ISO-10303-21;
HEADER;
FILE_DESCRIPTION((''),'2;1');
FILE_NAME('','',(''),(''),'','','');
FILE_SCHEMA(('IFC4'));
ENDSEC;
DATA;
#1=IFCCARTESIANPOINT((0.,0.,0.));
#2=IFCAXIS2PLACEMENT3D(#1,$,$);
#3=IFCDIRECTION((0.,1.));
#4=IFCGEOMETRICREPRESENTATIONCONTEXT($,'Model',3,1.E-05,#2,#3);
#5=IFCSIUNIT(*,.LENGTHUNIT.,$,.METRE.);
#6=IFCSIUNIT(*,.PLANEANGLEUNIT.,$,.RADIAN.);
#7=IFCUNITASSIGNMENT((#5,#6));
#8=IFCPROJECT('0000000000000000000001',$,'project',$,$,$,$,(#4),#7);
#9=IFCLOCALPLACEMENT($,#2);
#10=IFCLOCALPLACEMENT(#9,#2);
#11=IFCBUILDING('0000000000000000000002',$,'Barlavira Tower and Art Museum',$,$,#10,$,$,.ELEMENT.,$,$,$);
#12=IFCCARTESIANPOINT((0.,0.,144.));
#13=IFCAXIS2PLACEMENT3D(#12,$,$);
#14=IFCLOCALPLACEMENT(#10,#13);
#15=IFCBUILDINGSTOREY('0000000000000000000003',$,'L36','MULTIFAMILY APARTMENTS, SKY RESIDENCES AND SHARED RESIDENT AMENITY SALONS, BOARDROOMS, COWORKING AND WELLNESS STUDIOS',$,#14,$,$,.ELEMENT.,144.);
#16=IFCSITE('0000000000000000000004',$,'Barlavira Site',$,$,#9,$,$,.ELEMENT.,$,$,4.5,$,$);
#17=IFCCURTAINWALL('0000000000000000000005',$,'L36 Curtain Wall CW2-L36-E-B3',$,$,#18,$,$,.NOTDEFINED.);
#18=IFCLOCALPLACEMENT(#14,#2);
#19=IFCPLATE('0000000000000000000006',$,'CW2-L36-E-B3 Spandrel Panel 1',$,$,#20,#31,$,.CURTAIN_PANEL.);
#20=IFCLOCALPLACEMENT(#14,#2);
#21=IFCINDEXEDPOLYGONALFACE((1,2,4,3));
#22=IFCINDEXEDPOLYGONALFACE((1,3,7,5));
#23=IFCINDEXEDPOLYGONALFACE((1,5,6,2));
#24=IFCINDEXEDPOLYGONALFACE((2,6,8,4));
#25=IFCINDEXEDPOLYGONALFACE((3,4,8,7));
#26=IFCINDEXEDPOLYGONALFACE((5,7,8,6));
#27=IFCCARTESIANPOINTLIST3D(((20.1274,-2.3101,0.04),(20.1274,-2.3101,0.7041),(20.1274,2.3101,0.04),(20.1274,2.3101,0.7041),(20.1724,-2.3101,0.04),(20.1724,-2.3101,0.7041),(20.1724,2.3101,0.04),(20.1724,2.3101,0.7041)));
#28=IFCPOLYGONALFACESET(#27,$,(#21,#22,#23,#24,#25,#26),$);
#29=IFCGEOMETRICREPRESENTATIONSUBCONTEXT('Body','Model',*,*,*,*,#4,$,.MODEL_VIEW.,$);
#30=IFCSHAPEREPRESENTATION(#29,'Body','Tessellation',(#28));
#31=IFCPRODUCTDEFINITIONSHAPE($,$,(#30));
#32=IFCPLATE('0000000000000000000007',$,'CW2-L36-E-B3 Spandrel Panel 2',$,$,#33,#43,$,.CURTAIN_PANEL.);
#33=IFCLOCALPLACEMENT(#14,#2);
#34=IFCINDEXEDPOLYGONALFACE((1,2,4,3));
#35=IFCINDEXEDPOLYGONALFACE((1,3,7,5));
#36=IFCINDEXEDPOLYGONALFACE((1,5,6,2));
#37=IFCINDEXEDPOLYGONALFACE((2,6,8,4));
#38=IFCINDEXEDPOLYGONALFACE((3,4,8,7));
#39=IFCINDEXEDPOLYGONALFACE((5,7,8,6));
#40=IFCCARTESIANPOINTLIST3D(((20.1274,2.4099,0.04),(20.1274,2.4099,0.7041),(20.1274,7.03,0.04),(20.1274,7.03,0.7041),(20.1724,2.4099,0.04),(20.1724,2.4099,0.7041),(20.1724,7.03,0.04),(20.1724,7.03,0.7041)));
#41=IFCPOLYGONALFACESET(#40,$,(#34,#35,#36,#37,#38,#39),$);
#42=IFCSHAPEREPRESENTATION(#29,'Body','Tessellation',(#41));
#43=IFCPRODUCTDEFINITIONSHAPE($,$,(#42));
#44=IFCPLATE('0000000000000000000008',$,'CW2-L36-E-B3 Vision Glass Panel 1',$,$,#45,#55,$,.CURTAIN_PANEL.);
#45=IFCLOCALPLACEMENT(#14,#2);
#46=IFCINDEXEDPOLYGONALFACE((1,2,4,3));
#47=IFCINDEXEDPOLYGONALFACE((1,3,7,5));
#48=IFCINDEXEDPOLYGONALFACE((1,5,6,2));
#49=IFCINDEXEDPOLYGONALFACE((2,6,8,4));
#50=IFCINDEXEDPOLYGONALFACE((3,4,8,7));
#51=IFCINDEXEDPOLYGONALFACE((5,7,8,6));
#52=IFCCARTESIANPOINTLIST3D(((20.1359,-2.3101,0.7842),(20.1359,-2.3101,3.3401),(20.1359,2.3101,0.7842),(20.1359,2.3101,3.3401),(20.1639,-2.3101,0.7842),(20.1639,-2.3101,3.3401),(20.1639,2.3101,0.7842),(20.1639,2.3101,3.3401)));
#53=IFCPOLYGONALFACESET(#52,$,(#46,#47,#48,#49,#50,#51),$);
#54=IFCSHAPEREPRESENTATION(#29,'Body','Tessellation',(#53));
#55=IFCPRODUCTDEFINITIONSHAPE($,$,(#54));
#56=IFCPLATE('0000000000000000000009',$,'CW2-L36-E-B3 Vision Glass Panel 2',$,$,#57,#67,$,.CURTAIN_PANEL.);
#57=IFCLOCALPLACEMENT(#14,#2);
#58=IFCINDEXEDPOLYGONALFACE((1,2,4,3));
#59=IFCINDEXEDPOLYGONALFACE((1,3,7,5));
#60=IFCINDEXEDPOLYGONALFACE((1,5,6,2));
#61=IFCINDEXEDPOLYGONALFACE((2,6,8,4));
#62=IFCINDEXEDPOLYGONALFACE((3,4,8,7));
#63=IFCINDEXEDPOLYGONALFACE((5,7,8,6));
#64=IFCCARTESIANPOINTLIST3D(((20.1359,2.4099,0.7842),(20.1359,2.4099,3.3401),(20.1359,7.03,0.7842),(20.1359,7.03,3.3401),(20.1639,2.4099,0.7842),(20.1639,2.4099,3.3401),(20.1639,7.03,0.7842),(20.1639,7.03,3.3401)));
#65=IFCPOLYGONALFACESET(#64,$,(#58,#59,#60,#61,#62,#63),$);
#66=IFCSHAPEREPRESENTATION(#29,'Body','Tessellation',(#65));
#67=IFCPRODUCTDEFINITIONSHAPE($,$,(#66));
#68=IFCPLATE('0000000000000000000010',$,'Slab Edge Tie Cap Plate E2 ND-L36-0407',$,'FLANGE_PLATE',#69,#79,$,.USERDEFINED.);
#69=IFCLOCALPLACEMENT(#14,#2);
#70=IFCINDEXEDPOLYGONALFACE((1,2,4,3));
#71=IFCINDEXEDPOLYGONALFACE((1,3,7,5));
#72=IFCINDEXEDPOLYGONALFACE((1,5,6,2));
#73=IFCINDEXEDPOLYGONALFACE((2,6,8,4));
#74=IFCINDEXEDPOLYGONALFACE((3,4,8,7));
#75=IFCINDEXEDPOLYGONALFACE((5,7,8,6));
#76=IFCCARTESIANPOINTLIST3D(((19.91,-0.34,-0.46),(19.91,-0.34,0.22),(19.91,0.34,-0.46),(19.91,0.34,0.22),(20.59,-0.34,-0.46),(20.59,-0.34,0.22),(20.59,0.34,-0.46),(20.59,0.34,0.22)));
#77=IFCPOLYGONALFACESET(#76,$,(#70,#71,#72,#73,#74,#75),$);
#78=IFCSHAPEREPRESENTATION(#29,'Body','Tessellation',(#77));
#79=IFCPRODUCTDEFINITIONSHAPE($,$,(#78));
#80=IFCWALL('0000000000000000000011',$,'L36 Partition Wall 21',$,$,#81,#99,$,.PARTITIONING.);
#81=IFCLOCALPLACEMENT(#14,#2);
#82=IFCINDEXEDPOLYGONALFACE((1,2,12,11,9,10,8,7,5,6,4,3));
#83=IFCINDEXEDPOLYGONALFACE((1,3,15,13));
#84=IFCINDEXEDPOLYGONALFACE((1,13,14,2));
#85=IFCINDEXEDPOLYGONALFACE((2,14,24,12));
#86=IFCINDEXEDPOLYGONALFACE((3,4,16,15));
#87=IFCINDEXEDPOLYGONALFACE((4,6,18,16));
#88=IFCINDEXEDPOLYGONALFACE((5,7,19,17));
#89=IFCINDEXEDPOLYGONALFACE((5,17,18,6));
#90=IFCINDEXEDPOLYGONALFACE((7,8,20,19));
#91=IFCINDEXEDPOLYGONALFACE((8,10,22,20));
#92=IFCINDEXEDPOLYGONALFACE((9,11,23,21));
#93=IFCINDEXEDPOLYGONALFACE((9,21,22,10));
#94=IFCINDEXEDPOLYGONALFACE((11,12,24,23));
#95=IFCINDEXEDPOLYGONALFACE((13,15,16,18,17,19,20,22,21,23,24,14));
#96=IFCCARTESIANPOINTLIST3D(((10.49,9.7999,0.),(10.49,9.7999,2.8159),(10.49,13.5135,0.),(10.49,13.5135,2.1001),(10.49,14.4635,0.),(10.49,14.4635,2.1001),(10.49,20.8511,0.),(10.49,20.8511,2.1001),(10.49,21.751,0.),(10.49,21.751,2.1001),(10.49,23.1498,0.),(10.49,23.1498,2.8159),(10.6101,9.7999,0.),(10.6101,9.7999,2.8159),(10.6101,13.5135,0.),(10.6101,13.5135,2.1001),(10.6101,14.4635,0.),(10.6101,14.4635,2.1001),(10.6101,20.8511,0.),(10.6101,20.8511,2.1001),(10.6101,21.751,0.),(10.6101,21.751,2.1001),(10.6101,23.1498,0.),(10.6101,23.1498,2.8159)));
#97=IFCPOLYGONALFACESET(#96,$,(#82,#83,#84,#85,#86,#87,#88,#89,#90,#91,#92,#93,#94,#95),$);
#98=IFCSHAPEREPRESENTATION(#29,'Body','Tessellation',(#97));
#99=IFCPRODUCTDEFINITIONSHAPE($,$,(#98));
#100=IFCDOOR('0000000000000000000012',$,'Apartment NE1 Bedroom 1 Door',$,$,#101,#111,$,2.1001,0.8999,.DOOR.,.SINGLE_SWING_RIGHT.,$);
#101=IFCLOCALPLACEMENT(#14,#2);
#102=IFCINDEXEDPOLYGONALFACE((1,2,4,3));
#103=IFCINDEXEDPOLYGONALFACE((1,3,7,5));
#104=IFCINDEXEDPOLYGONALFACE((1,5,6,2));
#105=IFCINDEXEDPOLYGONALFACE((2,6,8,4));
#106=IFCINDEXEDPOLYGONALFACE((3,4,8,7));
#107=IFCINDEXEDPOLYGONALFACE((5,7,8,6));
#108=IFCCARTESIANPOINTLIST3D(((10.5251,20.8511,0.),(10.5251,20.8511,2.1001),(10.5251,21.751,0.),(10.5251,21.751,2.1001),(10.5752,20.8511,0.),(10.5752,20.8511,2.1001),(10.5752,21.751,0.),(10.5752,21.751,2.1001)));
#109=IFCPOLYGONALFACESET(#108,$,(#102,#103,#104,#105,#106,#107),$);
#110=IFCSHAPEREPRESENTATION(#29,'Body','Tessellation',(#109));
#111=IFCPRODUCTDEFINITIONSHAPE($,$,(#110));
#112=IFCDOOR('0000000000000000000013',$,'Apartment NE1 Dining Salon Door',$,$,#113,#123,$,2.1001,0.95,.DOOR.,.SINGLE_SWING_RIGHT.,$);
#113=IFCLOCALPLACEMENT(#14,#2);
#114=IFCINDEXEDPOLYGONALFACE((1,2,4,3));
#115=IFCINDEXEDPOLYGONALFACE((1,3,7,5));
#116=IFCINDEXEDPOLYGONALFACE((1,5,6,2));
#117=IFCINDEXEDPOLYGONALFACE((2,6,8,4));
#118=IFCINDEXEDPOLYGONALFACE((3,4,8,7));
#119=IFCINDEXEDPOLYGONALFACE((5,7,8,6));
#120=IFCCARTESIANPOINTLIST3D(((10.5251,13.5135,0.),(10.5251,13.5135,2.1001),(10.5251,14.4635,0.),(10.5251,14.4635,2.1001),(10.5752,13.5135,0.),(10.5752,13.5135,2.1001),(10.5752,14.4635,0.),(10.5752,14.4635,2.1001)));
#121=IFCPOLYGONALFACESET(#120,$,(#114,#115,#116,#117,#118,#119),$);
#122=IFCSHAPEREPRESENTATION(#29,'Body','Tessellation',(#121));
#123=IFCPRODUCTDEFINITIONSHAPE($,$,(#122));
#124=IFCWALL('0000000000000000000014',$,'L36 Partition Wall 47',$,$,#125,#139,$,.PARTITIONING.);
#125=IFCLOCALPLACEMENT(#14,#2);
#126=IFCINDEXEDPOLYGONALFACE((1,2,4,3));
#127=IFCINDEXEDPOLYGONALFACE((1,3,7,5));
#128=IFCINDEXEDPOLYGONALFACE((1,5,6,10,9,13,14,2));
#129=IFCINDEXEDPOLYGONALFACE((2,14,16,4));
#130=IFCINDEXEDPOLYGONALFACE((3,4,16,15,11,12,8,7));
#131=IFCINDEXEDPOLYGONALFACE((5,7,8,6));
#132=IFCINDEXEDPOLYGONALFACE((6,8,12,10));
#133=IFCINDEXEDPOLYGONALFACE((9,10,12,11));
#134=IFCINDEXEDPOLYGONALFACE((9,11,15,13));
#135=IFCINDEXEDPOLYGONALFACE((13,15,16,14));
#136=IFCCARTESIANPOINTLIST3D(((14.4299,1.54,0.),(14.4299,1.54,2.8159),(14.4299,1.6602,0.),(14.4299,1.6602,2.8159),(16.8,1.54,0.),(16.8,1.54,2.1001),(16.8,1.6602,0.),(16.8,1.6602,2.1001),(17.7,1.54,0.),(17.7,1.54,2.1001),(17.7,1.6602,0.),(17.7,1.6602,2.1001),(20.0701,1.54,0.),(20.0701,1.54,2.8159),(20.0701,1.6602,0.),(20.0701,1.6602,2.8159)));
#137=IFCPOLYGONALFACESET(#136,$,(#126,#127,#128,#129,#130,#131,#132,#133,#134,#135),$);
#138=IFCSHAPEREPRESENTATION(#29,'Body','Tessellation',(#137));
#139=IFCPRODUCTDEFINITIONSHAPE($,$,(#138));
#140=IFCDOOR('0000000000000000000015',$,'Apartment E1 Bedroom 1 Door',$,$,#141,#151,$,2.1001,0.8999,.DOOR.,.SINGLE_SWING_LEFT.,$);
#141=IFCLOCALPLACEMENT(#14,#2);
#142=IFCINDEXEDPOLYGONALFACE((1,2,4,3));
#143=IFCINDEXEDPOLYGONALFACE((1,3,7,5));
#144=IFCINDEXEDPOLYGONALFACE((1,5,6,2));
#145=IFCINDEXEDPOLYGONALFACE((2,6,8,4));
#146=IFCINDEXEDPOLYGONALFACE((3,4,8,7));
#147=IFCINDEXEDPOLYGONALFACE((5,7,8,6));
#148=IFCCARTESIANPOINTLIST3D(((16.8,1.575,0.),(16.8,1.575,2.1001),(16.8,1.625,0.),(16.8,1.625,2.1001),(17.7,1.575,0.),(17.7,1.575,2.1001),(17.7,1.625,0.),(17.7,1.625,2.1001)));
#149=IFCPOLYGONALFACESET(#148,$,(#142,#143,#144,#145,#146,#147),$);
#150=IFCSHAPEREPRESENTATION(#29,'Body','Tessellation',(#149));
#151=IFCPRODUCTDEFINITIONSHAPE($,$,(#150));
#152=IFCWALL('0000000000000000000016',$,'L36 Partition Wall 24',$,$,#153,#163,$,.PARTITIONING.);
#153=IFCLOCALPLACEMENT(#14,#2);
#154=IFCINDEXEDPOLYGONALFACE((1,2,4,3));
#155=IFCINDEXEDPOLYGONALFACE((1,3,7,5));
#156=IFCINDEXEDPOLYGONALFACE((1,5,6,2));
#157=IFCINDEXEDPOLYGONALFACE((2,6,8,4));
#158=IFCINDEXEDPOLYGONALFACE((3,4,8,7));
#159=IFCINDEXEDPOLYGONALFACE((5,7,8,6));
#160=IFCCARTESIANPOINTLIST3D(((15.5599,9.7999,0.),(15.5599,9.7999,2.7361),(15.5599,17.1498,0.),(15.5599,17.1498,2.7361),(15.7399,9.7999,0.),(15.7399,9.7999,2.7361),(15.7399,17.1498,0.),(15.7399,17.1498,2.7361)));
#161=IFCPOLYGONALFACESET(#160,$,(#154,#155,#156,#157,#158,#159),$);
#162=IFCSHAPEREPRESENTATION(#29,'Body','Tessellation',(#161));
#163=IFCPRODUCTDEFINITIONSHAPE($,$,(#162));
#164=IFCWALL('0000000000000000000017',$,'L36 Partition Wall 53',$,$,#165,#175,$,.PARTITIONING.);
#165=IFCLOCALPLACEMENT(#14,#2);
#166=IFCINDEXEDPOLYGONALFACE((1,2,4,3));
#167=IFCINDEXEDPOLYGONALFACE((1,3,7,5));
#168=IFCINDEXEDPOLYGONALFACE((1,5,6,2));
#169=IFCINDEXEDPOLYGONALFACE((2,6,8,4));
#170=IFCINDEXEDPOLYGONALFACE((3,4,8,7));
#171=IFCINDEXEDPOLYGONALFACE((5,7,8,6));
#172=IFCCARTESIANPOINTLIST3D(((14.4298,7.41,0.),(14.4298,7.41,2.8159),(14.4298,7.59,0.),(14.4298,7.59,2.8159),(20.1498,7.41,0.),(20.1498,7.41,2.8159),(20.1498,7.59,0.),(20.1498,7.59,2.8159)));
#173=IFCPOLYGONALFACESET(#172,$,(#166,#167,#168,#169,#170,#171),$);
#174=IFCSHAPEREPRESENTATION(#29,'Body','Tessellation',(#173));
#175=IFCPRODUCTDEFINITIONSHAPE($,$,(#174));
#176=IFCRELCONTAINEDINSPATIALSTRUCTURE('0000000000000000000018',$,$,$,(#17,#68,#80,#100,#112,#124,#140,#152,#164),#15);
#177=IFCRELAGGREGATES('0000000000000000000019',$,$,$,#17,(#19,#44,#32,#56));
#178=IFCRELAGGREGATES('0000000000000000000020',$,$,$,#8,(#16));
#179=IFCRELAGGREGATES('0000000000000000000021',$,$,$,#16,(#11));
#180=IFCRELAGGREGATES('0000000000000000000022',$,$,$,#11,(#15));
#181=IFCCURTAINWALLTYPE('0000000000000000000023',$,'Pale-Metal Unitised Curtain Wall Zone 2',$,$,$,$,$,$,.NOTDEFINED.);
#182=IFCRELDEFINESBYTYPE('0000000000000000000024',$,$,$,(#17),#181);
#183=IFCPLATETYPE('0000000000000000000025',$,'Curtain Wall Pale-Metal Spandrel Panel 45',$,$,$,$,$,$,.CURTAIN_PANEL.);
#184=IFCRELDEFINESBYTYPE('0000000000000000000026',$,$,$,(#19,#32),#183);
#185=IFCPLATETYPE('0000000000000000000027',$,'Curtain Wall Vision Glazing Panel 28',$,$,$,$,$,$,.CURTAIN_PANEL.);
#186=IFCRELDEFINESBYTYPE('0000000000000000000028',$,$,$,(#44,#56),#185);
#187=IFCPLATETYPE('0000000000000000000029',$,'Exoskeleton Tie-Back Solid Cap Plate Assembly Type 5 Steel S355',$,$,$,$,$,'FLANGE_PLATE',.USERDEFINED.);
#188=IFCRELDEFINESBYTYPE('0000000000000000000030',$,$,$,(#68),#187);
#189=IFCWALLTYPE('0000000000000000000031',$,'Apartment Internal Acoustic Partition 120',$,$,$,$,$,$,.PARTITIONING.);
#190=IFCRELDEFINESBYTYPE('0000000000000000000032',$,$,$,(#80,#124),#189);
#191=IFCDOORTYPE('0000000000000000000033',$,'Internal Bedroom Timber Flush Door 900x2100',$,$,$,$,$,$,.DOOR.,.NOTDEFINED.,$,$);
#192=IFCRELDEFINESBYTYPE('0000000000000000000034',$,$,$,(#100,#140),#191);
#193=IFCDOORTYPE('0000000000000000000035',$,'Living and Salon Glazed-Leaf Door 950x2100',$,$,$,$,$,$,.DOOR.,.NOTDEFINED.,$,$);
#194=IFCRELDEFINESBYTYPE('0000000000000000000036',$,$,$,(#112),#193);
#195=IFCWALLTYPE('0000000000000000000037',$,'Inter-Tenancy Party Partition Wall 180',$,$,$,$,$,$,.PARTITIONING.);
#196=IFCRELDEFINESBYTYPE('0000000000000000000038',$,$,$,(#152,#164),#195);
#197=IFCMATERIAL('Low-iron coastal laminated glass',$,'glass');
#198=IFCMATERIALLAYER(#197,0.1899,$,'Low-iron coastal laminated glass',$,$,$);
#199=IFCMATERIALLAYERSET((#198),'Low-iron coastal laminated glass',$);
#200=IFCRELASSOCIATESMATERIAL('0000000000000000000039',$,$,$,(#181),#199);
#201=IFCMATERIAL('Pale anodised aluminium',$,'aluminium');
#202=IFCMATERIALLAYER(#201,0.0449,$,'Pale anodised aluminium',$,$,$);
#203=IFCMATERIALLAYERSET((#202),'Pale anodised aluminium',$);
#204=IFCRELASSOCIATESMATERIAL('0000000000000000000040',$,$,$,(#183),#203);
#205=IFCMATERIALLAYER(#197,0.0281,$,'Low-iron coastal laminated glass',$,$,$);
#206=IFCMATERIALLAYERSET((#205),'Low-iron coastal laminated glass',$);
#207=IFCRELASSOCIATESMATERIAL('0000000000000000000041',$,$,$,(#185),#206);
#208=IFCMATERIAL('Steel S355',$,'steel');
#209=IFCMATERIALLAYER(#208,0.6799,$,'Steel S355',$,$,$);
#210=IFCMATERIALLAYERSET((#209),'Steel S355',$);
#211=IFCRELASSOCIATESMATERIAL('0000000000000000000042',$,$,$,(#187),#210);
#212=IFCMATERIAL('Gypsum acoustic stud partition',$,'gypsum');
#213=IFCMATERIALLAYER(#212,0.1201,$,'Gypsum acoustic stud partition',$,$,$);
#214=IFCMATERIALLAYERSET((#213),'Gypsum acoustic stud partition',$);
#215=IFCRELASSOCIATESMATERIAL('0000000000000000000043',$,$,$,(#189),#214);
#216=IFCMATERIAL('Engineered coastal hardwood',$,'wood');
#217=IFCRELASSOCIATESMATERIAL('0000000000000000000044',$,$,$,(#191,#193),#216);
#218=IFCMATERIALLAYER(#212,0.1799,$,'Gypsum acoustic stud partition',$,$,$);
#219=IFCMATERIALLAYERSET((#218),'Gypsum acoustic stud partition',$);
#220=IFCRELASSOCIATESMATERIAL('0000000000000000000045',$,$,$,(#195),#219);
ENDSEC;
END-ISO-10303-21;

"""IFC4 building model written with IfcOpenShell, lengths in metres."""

from ifc_helpers import new_model, si_unit, direction, frame, frame_2d, origin, origin_2d, place, context, subcontext, project, spatial, rectangle, extrude, material, layer, layer_set, type_object, element, fill, aggregate, save


model = new_model("IFC4")

# Units and contexts
model_context = context("Model", 3, precision=1e-05, world=origin(), true_north=direction((0.0, 1.0)))
body_context = subcontext(model_context, "Body", "Model", "MODEL_VIEW")
ifc_project = project(units=[si_unit("LENGTHUNIT", "METRE"), si_unit("PLANEANGLEUNIT", "RADIAN")], contexts=[model_context])

# Site, building, storey
site_placement = place(None, origin())
site = spatial("IfcSite", under=ifc_project, at=site_placement, Name="Barlavira Site", CompositionType="ELEMENT", RefElevation=4.5)
building_placement = place(site_placement, origin())
building = spatial("IfcBuilding", under=site, at=building_placement, Name="Barlavira Tower and Art Museum", CompositionType="ELEMENT")
storey_placement = place(building_placement, frame((0.0, 0.0, 144.0)))
storey = spatial("IfcBuildingStorey", under=building, at=storey_placement, Name="L36", Description="MULTIFAMILY APARTMENTS, SKY RESIDENCES AND SHARED RESIDENT AMENITY SALONS, BOARDROOMS, COWORKING AND WELLNESS STUDIOS", CompositionType="ELEMENT", Elevation=144.0)

# Curtain wall
ifc_material_1 = material(Name="Low-iron coastal laminated glass", Category="glass")
ifc_layer_1 = layer(ifc_material_1, 0.1899, Name="Low-iron coastal laminated glass")
ifc_layer_set_1 = layer_set([ifc_layer_1], Name="Low-iron coastal laminated glass")
curtain_wall_type = type_object("IfcCurtainWallType", Name="Pale-Metal Unitised Curtain Wall Zone 2", PredefinedType="NOTDEFINED", material=ifc_layer_set_1)
curtain_wall_placement = place(storey_placement, origin())
curtain_wall = element("IfcCurtainWall", 1, at=curtain_wall_placement, inside=storey, type_object=curtain_wall_type, Name="L36 Curtain Wall CW2-L36-E-B3", PredefinedType="NOTDEFINED")
ifc_material_2 = material(Name="Pale anodised aluminium", Category="aluminium")

# Shared definitions
ifc_material_3 = material(Name="Steel S355", Category="steel")

# Plates
ifc_layer_2 = layer(ifc_material_2, 0.0449, Name="Pale anodised aluminium")
ifc_layer_set_2 = layer_set([ifc_layer_2], Name="Pale anodised aluminium")
plate_type_1 = type_object("IfcPlateType", Name="Curtain Wall Pale-Metal Spandrel Panel 45", PredefinedType="CURTAIN_PANEL", material=ifc_layer_set_2)
plate_1_placement = place(storey_placement, frame((20.1499, 0.0, 0.04), z_axis=(0.0, 0.0, 1.0), x_axis=(0.0, 1.0, 0.0)))
plate_1 = element("IfcPlate", 2, at=plate_1_placement, type_object=plate_type_1, Name="CW2-L36-E-B3 Spandrel Panel 1", PredefinedType="CURTAIN_PANEL", context=body_context, shape_type="SweptSolid", body=[
    extrude(rectangle(XDim=4.6201, YDim=0.0449, at=origin_2d()), origin(), (0.0, 0.0, 1.0), 0.6641),
])
plate_2_placement = place(storey_placement, frame((20.1499, 4.72, 0.04), z_axis=(0.0, 0.0, 1.0), x_axis=(0.0, 1.0, 0.0)))
plate_2 = element("IfcPlate", 3, at=plate_2_placement, type_object=plate_type_1, Name="CW2-L36-E-B3 Spandrel Panel 2", PredefinedType="CURTAIN_PANEL", context=body_context, shape_type="SweptSolid", body=[
    extrude(rectangle(XDim=4.6201, YDim=0.0449, at=origin_2d()), origin(), (0.0, 0.0, 1.0), 0.6641),
])
ifc_layer_3 = layer(ifc_material_1, 0.0281, Name="Low-iron coastal laminated glass")
ifc_layer_set_3 = layer_set([ifc_layer_3], Name="Low-iron coastal laminated glass")
plate_type_2 = type_object("IfcPlateType", Name="Curtain Wall Vision Glazing Panel 28", PredefinedType="CURTAIN_PANEL", material=ifc_layer_set_3)
plate_3_placement = place(storey_placement, frame((20.1499, 0.0, 0.7842), z_axis=(0.0, 0.0, 1.0), x_axis=(0.0, 1.0, 0.0)))
plate_3 = element("IfcPlate", 4, at=plate_3_placement, type_object=plate_type_2, Name="CW2-L36-E-B3 Vision Glass Panel 1", PredefinedType="CURTAIN_PANEL", context=body_context, shape_type="SweptSolid", body=[
    extrude(rectangle(XDim=4.6201, YDim=0.0281, at=origin_2d()), origin(), (0.0, 0.0, 1.0), 2.5559),
])
plate_4_placement = place(storey_placement, frame((20.1499, 4.72, 0.7842), z_axis=(0.0, 0.0, 1.0), x_axis=(0.0, 1.0, 0.0)))
plate_4 = element("IfcPlate", 5, at=plate_4_placement, type_object=plate_type_2, Name="CW2-L36-E-B3 Vision Glass Panel 2", PredefinedType="CURTAIN_PANEL", context=body_context, shape_type="SweptSolid", body=[
    extrude(rectangle(XDim=4.6201, YDim=0.0281, at=origin_2d()), origin(), (0.0, 0.0, 1.0), 2.5559),
])
aggregate(curtain_wall, [plate_1, plate_3, plate_2, plate_4])
ifc_layer_4 = layer(ifc_material_3, 0.6799, Name="Steel S355")
ifc_layer_set_4 = layer_set([ifc_layer_4], Name="Steel S355")
plate_type_3 = type_object("IfcPlateType", Name="Exoskeleton Tie-Back Solid Cap Plate Assembly Type 5 Steel S355", ElementType="FLANGE_PLATE", PredefinedType="USERDEFINED", material=ifc_layer_set_4)
plate_5_placement = place(storey_placement, frame((20.25, 0.0, -0.46), z_axis=(0.0, 0.0, 1.0), x_axis=(1.0, 0.0, 0.0)))
element("IfcPlate", 6, at=plate_5_placement, inside=storey, type_object=plate_type_3, Name="Slab Edge Tie Cap Plate E2 ND-L36-0407", ObjectType="FLANGE_PLATE", PredefinedType="USERDEFINED", context=body_context, shape_type="SweptSolid", body=[
    extrude(rectangle(XDim=0.6799, YDim=0.6799, at=origin_2d()), origin(), (0.0, 0.0, 1.0), 0.6799),
])

# Wall, openings, doors
ifc_material_4 = material(Name="Gypsum acoustic stud partition", Category="gypsum")
ifc_layer_5 = layer(ifc_material_4, 0.1201, Name="Gypsum acoustic stud partition")
ifc_layer_set_5 = layer_set([ifc_layer_5], Name="Gypsum acoustic stud partition")
wall_type_1 = type_object("IfcWallType", Name="Apartment Internal Acoustic Partition 120", PredefinedType="PARTITIONING", material=ifc_layer_set_5)
wall_1_placement = place(storey_placement, frame((10.55, 9.8, 0.0), z_axis=(0.0, 0.0, 1.0), x_axis=(0.0, 1.0, 0.0)))
wall_1 = element("IfcWall", 7, at=wall_1_placement, inside=storey, type_object=wall_type_1, Name="L36 Partition Wall 21", PredefinedType="PARTITIONING", context=body_context, shape_type="SweptSolid", body=[
    extrude(rectangle(XDim=13.3499, YDim=0.1201, at=frame_2d((6.6748, 0.0))), origin(), (0.0, 0.0, 1.0), 2.8159),
])
opening_1_placement = place(wall_1_placement, frame((3.7134, 0.0, 0.0)))
opening_1 = element("IfcOpeningElement", 8, at=opening_1_placement, cuts=wall_1, PredefinedType="OPENING", context=body_context, shape_type="SweptSolid", body=[
    extrude(rectangle(XDim=0.95, YDim=2.1001, at=frame_2d((0.4751, 1.05))), frame((0.0, 0.0701, 0.0), z_axis=(0.0, -1.0, 0.0), x_axis=(1.0, 0.0, 0.0)), (0.0, 0.0, 1.0), 0.1401),
])
opening_2_placement = place(wall_1_placement, frame((11.051, 0.0, 0.0)))
opening_2 = element("IfcOpeningElement", 9, at=opening_2_placement, cuts=wall_1, PredefinedType="OPENING", context=body_context, shape_type="SweptSolid", body=[
    extrude(rectangle(XDim=0.8999, YDim=2.1001, at=frame_2d((0.45, 1.05))), frame((0.0, 0.0701, 0.0), z_axis=(0.0, -1.0, 0.0), x_axis=(1.0, 0.0, 0.0)), (0.0, 0.0, 1.0), 0.1401),
])
ifc_material_5 = material(Name="Engineered coastal hardwood", Category="wood")
door_type_1 = type_object("IfcDoorType", Name="Internal Bedroom Timber Flush Door 900x2100", OperationType="NOTDEFINED", PredefinedType="DOOR", material=ifc_material_5)
door_1_placement = place(opening_2_placement, origin())
door_1 = element("IfcDoor", 10, at=door_1_placement, inside=storey, type_object=door_type_1, Name="Apartment NE1 Bedroom 1 Door", OperationType="SINGLE_SWING_RIGHT", OverallHeight=2.1001, OverallWidth=0.8999, PredefinedType="DOOR", context=body_context, shape_type="SweptSolid", body=[
    extrude(rectangle(XDim=0.8999, YDim=2.1001, at=frame_2d((0.45, 1.05))), frame((0.0, 0.0249, 0.0), z_axis=(0.0, -1.0, 0.0), x_axis=(1.0, 0.0, 0.0)), (0.0, 0.0, 1.0), 0.05),
])
fill(opening_2, door_1)
door_type_2 = type_object("IfcDoorType", Name="Living and Salon Glazed-Leaf Door 950x2100", OperationType="NOTDEFINED", PredefinedType="DOOR", material=ifc_material_5)
door_2_placement = place(opening_1_placement, origin())
door_2 = element("IfcDoor", 11, at=door_2_placement, inside=storey, type_object=door_type_2, Name="Apartment NE1 Dining Salon Door", OperationType="SINGLE_SWING_RIGHT", OverallHeight=2.1001, OverallWidth=0.95, PredefinedType="DOOR", context=body_context, shape_type="SweptSolid", body=[
    extrude(rectangle(XDim=0.95, YDim=2.1001, at=frame_2d((0.4751, 1.05))), frame((0.0, 0.0249, 0.0), z_axis=(0.0, -1.0, 0.0), x_axis=(1.0, 0.0, 0.0)), (0.0, 0.0, 1.0), 0.05),
])
fill(opening_1, door_2)

# Wall, opening, door
wall_2_placement = place(storey_placement, frame((14.4299, 1.6001, 0.0), z_axis=(0.0, 0.0, 1.0), x_axis=(1.0, 0.0, 0.0)))
wall_2 = element("IfcWall", 12, at=wall_2_placement, inside=storey, type_object=wall_type_1, Name="L36 Partition Wall 47", PredefinedType="PARTITIONING", context=body_context, shape_type="SweptSolid", body=[
    extrude(rectangle(XDim=5.6401, YDim=0.1201, at=frame_2d((2.8201, 0.0))), origin(), (0.0, 0.0, 1.0), 2.8159),
])
opening_3_placement = place(wall_2_placement, frame((2.3701, 0.0, 0.0)))
opening_3 = element("IfcOpeningElement", 13, at=opening_3_placement, cuts=wall_2, PredefinedType="OPENING", context=body_context, shape_type="SweptSolid", body=[
    extrude(rectangle(XDim=0.8999, YDim=2.1001, at=frame_2d((0.45, 1.05))), frame((0.0, 0.0701, 0.0), z_axis=(0.0, -1.0, 0.0), x_axis=(1.0, 0.0, 0.0)), (0.0, 0.0, 1.0), 0.1401),
])
door_3_placement = place(opening_3_placement, origin())
door_3 = element("IfcDoor", 14, at=door_3_placement, inside=storey, type_object=door_type_1, Name="Apartment E1 Bedroom 1 Door", OperationType="SINGLE_SWING_LEFT", OverallHeight=2.1001, OverallWidth=0.8999, PredefinedType="DOOR", context=body_context, shape_type="SweptSolid", body=[
    extrude(rectangle(XDim=0.8999, YDim=2.1001, at=frame_2d((0.45, 1.05))), frame((0.0, 0.0249, 0.0), z_axis=(0.0, -1.0, 0.0), x_axis=(1.0, 0.0, 0.0)), (0.0, 0.0, 1.0), 0.05),
])
fill(opening_3, door_3)

# Walls
ifc_layer_6 = layer(ifc_material_4, 0.1799, Name="Gypsum acoustic stud partition")
ifc_layer_set_6 = layer_set([ifc_layer_6], Name="Gypsum acoustic stud partition")
wall_type_2 = type_object("IfcWallType", Name="Inter-Tenancy Party Partition Wall 180", PredefinedType="PARTITIONING", material=ifc_layer_set_6)
wall_3_placement = place(storey_placement, frame((15.6499, 9.8, 0.0), z_axis=(0.0, 0.0, 1.0), x_axis=(0.0, 1.0, 0.0)))
element("IfcWall", 15, at=wall_3_placement, inside=storey, type_object=wall_type_2, Name="L36 Partition Wall 24", PredefinedType="PARTITIONING", context=body_context, shape_type="SweptSolid", body=[
    extrude(rectangle(XDim=7.3499, YDim=0.1799, at=frame_2d((3.6748, 0.0))), origin(), (0.0, 0.0, 1.0), 2.7361),
])
wall_4_placement = place(storey_placement, frame((14.4299, 7.5, 0.0), z_axis=(0.0, 0.0, 1.0), x_axis=(1.0, 0.0, 0.0)))
element("IfcWall", 16, at=wall_4_placement, inside=storey, type_object=wall_type_2, Name="L36 Partition Wall 53", PredefinedType="PARTITIONING", context=body_context, shape_type="SweptSolid", body=[
    extrude(rectangle(XDim=5.72, YDim=0.1799, at=frame_2d((2.8599, 0.0))), origin(), (0.0, 0.0, 1.0), 2.8159),
])

save(model, "model.ifc")
